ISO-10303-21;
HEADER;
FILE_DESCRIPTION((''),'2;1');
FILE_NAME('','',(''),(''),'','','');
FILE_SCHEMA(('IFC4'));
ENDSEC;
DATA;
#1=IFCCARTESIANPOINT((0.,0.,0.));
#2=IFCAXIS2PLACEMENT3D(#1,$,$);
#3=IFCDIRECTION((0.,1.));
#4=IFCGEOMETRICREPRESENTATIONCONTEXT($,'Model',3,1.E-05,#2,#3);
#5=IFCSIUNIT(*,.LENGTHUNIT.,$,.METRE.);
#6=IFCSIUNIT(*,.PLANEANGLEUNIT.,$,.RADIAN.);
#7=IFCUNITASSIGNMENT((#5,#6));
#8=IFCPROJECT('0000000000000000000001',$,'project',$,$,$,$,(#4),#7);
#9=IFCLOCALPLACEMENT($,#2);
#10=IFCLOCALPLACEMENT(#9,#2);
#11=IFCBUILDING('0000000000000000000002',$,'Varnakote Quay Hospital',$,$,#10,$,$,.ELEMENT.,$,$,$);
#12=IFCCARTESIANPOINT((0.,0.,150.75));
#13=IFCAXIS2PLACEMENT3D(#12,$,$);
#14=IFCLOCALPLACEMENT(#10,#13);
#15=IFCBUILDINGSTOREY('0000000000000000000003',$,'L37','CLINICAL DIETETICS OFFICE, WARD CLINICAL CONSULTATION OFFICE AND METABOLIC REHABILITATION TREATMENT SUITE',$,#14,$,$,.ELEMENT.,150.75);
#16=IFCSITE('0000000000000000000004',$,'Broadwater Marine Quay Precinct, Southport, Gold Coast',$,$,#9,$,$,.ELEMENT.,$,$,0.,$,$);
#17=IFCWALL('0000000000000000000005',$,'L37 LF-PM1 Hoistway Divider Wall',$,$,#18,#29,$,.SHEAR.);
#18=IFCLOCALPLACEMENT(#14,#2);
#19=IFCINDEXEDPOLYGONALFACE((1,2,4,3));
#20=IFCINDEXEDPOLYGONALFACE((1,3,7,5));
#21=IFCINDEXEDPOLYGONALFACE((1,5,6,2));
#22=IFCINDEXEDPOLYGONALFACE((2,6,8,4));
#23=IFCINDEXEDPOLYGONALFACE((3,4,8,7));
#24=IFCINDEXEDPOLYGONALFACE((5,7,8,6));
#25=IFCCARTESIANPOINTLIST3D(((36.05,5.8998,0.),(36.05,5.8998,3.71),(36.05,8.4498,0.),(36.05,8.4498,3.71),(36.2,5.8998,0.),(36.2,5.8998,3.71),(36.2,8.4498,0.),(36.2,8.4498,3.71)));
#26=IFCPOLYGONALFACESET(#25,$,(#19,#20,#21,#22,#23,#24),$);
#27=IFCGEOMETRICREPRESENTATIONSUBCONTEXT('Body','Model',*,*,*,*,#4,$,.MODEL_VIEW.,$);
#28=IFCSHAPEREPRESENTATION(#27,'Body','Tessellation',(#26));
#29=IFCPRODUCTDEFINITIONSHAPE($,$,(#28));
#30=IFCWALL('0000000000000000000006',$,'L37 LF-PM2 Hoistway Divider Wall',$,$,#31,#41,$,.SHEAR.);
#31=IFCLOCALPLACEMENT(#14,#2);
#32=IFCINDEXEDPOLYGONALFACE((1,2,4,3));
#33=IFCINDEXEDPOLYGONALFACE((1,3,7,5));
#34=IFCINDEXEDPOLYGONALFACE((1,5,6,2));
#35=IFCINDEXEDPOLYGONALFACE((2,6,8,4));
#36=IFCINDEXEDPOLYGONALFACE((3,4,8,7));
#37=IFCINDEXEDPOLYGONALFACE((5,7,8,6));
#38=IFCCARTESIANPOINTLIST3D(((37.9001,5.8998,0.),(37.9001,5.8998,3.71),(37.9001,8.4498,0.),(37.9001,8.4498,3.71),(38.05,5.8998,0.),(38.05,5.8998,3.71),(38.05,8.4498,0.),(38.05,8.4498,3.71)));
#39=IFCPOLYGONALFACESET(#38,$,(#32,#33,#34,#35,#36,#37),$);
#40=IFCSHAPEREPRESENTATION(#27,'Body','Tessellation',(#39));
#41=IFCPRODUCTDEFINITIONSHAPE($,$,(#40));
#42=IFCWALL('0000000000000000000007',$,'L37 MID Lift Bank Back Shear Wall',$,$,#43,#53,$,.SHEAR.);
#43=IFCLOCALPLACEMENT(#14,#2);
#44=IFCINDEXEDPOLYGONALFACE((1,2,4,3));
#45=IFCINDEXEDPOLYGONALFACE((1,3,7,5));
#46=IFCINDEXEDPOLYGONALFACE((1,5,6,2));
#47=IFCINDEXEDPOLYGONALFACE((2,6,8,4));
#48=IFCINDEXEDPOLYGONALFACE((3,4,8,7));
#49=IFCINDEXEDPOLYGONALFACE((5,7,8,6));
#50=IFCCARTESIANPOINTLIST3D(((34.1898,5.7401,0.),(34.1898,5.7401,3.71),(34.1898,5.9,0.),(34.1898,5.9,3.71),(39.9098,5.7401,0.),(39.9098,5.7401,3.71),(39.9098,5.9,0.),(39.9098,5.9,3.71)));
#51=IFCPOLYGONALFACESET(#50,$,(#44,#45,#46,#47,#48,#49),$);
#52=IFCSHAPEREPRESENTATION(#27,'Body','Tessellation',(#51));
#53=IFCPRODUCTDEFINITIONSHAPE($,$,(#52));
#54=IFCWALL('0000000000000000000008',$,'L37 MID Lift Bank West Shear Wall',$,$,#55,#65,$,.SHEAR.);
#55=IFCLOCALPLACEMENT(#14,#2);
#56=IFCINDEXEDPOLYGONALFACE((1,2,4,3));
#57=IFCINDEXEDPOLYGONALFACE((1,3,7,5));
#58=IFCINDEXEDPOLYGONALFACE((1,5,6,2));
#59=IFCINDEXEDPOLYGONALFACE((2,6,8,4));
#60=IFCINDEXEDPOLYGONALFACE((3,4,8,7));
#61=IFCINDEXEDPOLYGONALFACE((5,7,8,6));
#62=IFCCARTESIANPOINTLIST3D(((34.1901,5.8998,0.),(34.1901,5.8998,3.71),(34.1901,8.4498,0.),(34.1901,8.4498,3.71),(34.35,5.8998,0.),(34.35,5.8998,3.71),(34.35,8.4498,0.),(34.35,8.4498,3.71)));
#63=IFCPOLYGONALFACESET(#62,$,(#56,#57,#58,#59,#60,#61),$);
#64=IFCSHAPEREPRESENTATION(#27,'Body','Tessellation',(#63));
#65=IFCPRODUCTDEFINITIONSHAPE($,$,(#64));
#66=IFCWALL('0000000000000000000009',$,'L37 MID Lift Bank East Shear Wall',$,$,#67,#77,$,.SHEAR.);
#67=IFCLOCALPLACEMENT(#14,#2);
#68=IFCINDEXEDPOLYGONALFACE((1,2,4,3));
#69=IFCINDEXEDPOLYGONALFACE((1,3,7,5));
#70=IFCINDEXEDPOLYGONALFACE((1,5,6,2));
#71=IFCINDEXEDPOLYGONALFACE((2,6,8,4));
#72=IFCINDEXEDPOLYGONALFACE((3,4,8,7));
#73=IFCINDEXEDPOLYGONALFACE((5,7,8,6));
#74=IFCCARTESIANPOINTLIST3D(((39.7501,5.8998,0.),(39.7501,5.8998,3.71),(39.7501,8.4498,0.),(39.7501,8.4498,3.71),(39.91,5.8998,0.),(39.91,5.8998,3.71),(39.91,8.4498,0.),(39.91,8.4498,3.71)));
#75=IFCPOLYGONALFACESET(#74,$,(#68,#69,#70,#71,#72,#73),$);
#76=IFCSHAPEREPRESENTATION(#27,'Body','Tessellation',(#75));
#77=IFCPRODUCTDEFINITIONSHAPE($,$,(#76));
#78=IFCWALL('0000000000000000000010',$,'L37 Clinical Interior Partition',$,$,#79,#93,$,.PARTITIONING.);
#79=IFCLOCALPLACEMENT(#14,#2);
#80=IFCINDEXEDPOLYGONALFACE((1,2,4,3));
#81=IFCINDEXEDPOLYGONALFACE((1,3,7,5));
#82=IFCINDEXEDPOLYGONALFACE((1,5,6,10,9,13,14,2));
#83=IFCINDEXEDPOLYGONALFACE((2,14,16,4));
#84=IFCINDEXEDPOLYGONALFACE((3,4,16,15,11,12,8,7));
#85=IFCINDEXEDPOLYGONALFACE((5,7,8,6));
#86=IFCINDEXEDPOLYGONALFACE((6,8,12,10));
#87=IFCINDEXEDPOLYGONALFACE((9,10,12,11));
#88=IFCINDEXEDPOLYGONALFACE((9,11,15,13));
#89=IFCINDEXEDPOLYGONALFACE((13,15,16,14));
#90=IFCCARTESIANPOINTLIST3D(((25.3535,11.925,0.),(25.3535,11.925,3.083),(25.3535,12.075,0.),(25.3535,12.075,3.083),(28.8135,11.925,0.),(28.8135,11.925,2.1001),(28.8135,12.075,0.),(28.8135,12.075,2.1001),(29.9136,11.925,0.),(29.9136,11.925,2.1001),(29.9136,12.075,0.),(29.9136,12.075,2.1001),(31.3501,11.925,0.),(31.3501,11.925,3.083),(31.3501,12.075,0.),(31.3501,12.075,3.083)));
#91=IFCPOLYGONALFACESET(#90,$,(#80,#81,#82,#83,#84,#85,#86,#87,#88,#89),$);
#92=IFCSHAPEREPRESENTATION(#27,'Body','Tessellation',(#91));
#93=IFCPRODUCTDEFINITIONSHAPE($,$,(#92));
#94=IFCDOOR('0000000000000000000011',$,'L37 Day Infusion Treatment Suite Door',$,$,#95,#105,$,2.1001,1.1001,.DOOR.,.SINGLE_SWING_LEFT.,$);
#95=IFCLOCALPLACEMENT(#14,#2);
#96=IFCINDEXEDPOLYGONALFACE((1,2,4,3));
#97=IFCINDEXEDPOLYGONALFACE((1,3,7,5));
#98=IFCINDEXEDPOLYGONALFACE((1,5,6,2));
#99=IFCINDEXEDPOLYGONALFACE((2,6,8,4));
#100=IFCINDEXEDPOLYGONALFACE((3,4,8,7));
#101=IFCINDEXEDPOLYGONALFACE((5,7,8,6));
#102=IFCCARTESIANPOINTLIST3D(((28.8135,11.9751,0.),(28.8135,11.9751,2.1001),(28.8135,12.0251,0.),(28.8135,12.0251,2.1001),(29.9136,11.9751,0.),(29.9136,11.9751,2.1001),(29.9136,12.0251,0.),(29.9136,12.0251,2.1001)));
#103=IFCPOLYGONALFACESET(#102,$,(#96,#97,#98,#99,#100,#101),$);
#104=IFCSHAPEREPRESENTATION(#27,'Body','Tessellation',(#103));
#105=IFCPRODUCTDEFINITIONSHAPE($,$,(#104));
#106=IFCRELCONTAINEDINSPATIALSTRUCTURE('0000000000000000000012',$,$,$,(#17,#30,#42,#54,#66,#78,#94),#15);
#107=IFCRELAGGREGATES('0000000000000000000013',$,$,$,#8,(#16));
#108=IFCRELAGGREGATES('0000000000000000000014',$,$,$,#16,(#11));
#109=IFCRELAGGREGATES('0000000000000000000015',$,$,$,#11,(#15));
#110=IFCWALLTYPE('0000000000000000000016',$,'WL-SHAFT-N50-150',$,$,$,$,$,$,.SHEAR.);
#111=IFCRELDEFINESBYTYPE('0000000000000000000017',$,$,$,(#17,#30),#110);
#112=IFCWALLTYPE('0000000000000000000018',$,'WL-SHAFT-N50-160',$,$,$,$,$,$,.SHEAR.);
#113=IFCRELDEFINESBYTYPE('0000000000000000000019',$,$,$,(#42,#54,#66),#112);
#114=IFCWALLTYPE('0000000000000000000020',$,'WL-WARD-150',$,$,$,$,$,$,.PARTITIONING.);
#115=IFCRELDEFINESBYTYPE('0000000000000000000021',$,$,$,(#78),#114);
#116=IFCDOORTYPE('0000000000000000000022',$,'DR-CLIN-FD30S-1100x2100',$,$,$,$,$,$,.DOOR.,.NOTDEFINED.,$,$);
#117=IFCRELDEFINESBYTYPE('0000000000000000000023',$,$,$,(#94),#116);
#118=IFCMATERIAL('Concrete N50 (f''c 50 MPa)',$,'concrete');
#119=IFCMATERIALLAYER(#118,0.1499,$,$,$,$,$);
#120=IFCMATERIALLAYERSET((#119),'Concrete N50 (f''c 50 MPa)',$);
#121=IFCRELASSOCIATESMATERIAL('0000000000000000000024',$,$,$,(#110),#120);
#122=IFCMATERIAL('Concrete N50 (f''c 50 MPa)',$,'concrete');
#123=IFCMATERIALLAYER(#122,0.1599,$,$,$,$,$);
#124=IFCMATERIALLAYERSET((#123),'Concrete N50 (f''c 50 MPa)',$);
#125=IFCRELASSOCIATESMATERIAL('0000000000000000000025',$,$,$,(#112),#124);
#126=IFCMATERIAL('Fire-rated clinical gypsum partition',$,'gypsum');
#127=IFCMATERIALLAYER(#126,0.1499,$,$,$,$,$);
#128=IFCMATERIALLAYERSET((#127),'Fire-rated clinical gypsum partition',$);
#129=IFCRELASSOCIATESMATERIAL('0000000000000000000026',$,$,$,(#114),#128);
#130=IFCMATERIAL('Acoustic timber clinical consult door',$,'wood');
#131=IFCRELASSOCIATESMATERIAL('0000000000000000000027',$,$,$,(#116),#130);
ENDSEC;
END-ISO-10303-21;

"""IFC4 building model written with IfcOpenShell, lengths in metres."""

from ifc_helpers import new_model, si_unit, direction, frame, frame_2d, origin, place, context, subcontext, project, spatial, rectangle, extrude, material, layer, layer_set, type_object, element, fill, save


model = new_model("IFC4")

# Units and contexts
model_context = context("Model", 3, precision=1e-05, world=origin(), true_north=direction((0.0, 1.0)))
body_context = subcontext(model_context, "Body", "Model", "MODEL_VIEW")
ifc_project = project(units=[si_unit("LENGTHUNIT", "METRE"), si_unit("PLANEANGLEUNIT", "RADIAN")], contexts=[model_context])

# Site, building, storey
site_placement = place(None, origin())
site = spatial("IfcSite", under=ifc_project, at=site_placement, Name="Broadwater Marine Quay Precinct, Southport, Gold Coast", CompositionType="ELEMENT", RefElevation=0.0)
building_placement = place(site_placement, origin())
building = spatial("IfcBuilding", under=site, at=building_placement, Name="Varnakote Quay Hospital", CompositionType="ELEMENT")
storey_placement = place(building_placement, frame((0.0, 0.0, 150.75)))
storey = spatial("IfcBuildingStorey", under=building, at=storey_placement, Name="L37", Description="CLINICAL DIETETICS OFFICE, WARD CLINICAL CONSULTATION OFFICE AND METABOLIC REHABILITATION TREATMENT SUITE", CompositionType="ELEMENT", Elevation=150.75)

# Walls
ifc_material_1 = material(Name="Concrete N50 (f'c 50 MPa)", Category="concrete")
ifc_layer_1 = layer(ifc_material_1, 0.1499)
ifc_layer_set_1 = layer_set([ifc_layer_1], Name="Concrete N50 (f'c 50 MPa)")
wall_type_1 = type_object("IfcWallType", Name="WL-SHAFT-N50-150", PredefinedType="SHEAR", material=ifc_layer_set_1)
for number, where, z_axis, x_axis, name in (
    (1, (36.125, 5.8999, 0.0), (0.0, 0.0, 1.0), (0.0, 1.0, 0.0), "L37 LF-PM1 Hoistway Divider Wall"),
    (2, (37.9751, 5.8999, 0.0), (0.0, 0.0, 1.0), (0.0, 1.0, 0.0), "L37 LF-PM2 Hoistway Divider Wall"),
):
    element("IfcWall", number, at=place(storey_placement, frame(where, z_axis=z_axis, x_axis=x_axis)), inside=storey, type_object=wall_type_1, Name=name, PredefinedType="SHEAR", context=body_context, shape_type="SweptSolid", body=[
        extrude(rectangle(XDim=2.55, YDim=0.1499, at=frame_2d((1.2749, 0.0))), origin(), (0.0, 0.0, 1.0), 3.71),
    ])
ifc_material_2 = material(Name="Concrete N50 (f'c 50 MPa)", Category="concrete")
ifc_layer_2 = layer(ifc_material_2, 0.1599)
ifc_layer_set_2 = layer_set([ifc_layer_2], Name="Concrete N50 (f'c 50 MPa)")
wall_type_2 = type_object("IfcWallType", Name="WL-SHAFT-N50-160", PredefinedType="SHEAR", material=ifc_layer_set_2)
wall_1_placement = place(storey_placement, frame((34.1899, 5.8201, 0.0), z_axis=(0.0, 0.0, 1.0), x_axis=(1.0, 0.0, 0.0)))
element("IfcWall", 3, at=wall_1_placement, inside=storey, type_object=wall_type_2, Name="L37 MID Lift Bank Back Shear Wall", PredefinedType="SHEAR", context=body_context, shape_type="SweptSolid", body=[
    extrude(rectangle(XDim=5.72, YDim=0.1599, at=frame_2d((2.8599, 0.0))), origin(), (0.0, 0.0, 1.0), 3.71),
])
for number, where, z_axis, x_axis, name in (
    (4, (34.27, 5.8999, 0.0), (0.0, 0.0, 1.0), (0.0, 1.0, 0.0), "L37 MID Lift Bank West Shear Wall"),
    (5, (39.8301, 5.8999, 0.0), (0.0, 0.0, 1.0), (0.0, 1.0, 0.0), "L37 MID Lift Bank East Shear Wall"),
):
    element("IfcWall", number, at=place(storey_placement, frame(where, z_axis=z_axis, x_axis=x_axis)), inside=storey, type_object=wall_type_2, Name=name, PredefinedType="SHEAR", context=body_context, shape_type="SweptSolid", body=[
        extrude(rectangle(XDim=2.55, YDim=0.1599, at=frame_2d((1.2749, 0.0))), origin(), (0.0, 0.0, 1.0), 3.71),
    ])

# Wall, opening, door
ifc_material_3 = material(Name="Fire-rated clinical gypsum partition", Category="gypsum")
ifc_layer_3 = layer(ifc_material_3, 0.1499)
ifc_layer_set_3 = layer_set([ifc_layer_3], Name="Fire-rated clinical gypsum partition")
wall_type_3 = type_object("IfcWallType", Name="WL-WARD-150", PredefinedType="PARTITIONING", material=ifc_layer_set_3)
wall_2_placement = place(storey_placement, frame((31.3501, 12.0, 0.0), z_axis=(0.0, 0.0, 1.0), x_axis=(-1.0, 0.0, 0.0)))
wall_2 = element("IfcWall", 6, at=wall_2_placement, inside=storey, type_object=wall_type_3, Name="L37 Clinical Interior Partition", PredefinedType="PARTITIONING", context=body_context, shape_type="SweptSolid", body=[
    extrude(rectangle(XDim=5.9966, YDim=0.1499, at=frame_2d((2.9983, 0.0))), origin(), (0.0, 0.0, 1.0), 3.083),
])
opening_1_placement = place(wall_2_placement, frame((1.4365, 0.0, 0.0)))
opening_1 = element("IfcOpeningElement", 7, at=opening_1_placement, cuts=wall_2, PredefinedType="OPENING", context=body_context, shape_type="SweptSolid", body=[
    extrude(rectangle(XDim=1.1001, YDim=2.1001, at=frame_2d((0.55, 1.05))), frame((0.0, 0.085, 0.0), z_axis=(0.0, -1.0, 0.0), x_axis=(1.0, 0.0, 0.0)), (0.0, 0.0, 1.0), 0.1699),
])
ifc_material_4 = material(Name="Acoustic timber clinical consult door", Category="wood")
door_type_1 = type_object("IfcDoorType", Name="DR-CLIN-FD30S-1100x2100", OperationType="NOTDEFINED", PredefinedType="DOOR", material=ifc_material_4)
door_1_placement = place(opening_1_placement, origin())
door_1 = element("IfcDoor", 8, at=door_1_placement, inside=storey, type_object=door_type_1, Name="L37 Day Infusion Treatment Suite Door", OperationType="SINGLE_SWING_LEFT", OverallHeight=2.1001, OverallWidth=1.1001, PredefinedType="DOOR", context=body_context, shape_type="SweptSolid", body=[
    extrude(rectangle(XDim=1.1001, YDim=2.1001, at=frame_2d((0.55, 1.05))), frame((0.0, 0.0249, 0.0), z_axis=(0.0, -1.0, 0.0), x_axis=(1.0, 0.0, 0.0)), (0.0, 0.0, 1.0), 0.05),
])
fill(opening_1, door_1)

save(model, "model.ifc")
